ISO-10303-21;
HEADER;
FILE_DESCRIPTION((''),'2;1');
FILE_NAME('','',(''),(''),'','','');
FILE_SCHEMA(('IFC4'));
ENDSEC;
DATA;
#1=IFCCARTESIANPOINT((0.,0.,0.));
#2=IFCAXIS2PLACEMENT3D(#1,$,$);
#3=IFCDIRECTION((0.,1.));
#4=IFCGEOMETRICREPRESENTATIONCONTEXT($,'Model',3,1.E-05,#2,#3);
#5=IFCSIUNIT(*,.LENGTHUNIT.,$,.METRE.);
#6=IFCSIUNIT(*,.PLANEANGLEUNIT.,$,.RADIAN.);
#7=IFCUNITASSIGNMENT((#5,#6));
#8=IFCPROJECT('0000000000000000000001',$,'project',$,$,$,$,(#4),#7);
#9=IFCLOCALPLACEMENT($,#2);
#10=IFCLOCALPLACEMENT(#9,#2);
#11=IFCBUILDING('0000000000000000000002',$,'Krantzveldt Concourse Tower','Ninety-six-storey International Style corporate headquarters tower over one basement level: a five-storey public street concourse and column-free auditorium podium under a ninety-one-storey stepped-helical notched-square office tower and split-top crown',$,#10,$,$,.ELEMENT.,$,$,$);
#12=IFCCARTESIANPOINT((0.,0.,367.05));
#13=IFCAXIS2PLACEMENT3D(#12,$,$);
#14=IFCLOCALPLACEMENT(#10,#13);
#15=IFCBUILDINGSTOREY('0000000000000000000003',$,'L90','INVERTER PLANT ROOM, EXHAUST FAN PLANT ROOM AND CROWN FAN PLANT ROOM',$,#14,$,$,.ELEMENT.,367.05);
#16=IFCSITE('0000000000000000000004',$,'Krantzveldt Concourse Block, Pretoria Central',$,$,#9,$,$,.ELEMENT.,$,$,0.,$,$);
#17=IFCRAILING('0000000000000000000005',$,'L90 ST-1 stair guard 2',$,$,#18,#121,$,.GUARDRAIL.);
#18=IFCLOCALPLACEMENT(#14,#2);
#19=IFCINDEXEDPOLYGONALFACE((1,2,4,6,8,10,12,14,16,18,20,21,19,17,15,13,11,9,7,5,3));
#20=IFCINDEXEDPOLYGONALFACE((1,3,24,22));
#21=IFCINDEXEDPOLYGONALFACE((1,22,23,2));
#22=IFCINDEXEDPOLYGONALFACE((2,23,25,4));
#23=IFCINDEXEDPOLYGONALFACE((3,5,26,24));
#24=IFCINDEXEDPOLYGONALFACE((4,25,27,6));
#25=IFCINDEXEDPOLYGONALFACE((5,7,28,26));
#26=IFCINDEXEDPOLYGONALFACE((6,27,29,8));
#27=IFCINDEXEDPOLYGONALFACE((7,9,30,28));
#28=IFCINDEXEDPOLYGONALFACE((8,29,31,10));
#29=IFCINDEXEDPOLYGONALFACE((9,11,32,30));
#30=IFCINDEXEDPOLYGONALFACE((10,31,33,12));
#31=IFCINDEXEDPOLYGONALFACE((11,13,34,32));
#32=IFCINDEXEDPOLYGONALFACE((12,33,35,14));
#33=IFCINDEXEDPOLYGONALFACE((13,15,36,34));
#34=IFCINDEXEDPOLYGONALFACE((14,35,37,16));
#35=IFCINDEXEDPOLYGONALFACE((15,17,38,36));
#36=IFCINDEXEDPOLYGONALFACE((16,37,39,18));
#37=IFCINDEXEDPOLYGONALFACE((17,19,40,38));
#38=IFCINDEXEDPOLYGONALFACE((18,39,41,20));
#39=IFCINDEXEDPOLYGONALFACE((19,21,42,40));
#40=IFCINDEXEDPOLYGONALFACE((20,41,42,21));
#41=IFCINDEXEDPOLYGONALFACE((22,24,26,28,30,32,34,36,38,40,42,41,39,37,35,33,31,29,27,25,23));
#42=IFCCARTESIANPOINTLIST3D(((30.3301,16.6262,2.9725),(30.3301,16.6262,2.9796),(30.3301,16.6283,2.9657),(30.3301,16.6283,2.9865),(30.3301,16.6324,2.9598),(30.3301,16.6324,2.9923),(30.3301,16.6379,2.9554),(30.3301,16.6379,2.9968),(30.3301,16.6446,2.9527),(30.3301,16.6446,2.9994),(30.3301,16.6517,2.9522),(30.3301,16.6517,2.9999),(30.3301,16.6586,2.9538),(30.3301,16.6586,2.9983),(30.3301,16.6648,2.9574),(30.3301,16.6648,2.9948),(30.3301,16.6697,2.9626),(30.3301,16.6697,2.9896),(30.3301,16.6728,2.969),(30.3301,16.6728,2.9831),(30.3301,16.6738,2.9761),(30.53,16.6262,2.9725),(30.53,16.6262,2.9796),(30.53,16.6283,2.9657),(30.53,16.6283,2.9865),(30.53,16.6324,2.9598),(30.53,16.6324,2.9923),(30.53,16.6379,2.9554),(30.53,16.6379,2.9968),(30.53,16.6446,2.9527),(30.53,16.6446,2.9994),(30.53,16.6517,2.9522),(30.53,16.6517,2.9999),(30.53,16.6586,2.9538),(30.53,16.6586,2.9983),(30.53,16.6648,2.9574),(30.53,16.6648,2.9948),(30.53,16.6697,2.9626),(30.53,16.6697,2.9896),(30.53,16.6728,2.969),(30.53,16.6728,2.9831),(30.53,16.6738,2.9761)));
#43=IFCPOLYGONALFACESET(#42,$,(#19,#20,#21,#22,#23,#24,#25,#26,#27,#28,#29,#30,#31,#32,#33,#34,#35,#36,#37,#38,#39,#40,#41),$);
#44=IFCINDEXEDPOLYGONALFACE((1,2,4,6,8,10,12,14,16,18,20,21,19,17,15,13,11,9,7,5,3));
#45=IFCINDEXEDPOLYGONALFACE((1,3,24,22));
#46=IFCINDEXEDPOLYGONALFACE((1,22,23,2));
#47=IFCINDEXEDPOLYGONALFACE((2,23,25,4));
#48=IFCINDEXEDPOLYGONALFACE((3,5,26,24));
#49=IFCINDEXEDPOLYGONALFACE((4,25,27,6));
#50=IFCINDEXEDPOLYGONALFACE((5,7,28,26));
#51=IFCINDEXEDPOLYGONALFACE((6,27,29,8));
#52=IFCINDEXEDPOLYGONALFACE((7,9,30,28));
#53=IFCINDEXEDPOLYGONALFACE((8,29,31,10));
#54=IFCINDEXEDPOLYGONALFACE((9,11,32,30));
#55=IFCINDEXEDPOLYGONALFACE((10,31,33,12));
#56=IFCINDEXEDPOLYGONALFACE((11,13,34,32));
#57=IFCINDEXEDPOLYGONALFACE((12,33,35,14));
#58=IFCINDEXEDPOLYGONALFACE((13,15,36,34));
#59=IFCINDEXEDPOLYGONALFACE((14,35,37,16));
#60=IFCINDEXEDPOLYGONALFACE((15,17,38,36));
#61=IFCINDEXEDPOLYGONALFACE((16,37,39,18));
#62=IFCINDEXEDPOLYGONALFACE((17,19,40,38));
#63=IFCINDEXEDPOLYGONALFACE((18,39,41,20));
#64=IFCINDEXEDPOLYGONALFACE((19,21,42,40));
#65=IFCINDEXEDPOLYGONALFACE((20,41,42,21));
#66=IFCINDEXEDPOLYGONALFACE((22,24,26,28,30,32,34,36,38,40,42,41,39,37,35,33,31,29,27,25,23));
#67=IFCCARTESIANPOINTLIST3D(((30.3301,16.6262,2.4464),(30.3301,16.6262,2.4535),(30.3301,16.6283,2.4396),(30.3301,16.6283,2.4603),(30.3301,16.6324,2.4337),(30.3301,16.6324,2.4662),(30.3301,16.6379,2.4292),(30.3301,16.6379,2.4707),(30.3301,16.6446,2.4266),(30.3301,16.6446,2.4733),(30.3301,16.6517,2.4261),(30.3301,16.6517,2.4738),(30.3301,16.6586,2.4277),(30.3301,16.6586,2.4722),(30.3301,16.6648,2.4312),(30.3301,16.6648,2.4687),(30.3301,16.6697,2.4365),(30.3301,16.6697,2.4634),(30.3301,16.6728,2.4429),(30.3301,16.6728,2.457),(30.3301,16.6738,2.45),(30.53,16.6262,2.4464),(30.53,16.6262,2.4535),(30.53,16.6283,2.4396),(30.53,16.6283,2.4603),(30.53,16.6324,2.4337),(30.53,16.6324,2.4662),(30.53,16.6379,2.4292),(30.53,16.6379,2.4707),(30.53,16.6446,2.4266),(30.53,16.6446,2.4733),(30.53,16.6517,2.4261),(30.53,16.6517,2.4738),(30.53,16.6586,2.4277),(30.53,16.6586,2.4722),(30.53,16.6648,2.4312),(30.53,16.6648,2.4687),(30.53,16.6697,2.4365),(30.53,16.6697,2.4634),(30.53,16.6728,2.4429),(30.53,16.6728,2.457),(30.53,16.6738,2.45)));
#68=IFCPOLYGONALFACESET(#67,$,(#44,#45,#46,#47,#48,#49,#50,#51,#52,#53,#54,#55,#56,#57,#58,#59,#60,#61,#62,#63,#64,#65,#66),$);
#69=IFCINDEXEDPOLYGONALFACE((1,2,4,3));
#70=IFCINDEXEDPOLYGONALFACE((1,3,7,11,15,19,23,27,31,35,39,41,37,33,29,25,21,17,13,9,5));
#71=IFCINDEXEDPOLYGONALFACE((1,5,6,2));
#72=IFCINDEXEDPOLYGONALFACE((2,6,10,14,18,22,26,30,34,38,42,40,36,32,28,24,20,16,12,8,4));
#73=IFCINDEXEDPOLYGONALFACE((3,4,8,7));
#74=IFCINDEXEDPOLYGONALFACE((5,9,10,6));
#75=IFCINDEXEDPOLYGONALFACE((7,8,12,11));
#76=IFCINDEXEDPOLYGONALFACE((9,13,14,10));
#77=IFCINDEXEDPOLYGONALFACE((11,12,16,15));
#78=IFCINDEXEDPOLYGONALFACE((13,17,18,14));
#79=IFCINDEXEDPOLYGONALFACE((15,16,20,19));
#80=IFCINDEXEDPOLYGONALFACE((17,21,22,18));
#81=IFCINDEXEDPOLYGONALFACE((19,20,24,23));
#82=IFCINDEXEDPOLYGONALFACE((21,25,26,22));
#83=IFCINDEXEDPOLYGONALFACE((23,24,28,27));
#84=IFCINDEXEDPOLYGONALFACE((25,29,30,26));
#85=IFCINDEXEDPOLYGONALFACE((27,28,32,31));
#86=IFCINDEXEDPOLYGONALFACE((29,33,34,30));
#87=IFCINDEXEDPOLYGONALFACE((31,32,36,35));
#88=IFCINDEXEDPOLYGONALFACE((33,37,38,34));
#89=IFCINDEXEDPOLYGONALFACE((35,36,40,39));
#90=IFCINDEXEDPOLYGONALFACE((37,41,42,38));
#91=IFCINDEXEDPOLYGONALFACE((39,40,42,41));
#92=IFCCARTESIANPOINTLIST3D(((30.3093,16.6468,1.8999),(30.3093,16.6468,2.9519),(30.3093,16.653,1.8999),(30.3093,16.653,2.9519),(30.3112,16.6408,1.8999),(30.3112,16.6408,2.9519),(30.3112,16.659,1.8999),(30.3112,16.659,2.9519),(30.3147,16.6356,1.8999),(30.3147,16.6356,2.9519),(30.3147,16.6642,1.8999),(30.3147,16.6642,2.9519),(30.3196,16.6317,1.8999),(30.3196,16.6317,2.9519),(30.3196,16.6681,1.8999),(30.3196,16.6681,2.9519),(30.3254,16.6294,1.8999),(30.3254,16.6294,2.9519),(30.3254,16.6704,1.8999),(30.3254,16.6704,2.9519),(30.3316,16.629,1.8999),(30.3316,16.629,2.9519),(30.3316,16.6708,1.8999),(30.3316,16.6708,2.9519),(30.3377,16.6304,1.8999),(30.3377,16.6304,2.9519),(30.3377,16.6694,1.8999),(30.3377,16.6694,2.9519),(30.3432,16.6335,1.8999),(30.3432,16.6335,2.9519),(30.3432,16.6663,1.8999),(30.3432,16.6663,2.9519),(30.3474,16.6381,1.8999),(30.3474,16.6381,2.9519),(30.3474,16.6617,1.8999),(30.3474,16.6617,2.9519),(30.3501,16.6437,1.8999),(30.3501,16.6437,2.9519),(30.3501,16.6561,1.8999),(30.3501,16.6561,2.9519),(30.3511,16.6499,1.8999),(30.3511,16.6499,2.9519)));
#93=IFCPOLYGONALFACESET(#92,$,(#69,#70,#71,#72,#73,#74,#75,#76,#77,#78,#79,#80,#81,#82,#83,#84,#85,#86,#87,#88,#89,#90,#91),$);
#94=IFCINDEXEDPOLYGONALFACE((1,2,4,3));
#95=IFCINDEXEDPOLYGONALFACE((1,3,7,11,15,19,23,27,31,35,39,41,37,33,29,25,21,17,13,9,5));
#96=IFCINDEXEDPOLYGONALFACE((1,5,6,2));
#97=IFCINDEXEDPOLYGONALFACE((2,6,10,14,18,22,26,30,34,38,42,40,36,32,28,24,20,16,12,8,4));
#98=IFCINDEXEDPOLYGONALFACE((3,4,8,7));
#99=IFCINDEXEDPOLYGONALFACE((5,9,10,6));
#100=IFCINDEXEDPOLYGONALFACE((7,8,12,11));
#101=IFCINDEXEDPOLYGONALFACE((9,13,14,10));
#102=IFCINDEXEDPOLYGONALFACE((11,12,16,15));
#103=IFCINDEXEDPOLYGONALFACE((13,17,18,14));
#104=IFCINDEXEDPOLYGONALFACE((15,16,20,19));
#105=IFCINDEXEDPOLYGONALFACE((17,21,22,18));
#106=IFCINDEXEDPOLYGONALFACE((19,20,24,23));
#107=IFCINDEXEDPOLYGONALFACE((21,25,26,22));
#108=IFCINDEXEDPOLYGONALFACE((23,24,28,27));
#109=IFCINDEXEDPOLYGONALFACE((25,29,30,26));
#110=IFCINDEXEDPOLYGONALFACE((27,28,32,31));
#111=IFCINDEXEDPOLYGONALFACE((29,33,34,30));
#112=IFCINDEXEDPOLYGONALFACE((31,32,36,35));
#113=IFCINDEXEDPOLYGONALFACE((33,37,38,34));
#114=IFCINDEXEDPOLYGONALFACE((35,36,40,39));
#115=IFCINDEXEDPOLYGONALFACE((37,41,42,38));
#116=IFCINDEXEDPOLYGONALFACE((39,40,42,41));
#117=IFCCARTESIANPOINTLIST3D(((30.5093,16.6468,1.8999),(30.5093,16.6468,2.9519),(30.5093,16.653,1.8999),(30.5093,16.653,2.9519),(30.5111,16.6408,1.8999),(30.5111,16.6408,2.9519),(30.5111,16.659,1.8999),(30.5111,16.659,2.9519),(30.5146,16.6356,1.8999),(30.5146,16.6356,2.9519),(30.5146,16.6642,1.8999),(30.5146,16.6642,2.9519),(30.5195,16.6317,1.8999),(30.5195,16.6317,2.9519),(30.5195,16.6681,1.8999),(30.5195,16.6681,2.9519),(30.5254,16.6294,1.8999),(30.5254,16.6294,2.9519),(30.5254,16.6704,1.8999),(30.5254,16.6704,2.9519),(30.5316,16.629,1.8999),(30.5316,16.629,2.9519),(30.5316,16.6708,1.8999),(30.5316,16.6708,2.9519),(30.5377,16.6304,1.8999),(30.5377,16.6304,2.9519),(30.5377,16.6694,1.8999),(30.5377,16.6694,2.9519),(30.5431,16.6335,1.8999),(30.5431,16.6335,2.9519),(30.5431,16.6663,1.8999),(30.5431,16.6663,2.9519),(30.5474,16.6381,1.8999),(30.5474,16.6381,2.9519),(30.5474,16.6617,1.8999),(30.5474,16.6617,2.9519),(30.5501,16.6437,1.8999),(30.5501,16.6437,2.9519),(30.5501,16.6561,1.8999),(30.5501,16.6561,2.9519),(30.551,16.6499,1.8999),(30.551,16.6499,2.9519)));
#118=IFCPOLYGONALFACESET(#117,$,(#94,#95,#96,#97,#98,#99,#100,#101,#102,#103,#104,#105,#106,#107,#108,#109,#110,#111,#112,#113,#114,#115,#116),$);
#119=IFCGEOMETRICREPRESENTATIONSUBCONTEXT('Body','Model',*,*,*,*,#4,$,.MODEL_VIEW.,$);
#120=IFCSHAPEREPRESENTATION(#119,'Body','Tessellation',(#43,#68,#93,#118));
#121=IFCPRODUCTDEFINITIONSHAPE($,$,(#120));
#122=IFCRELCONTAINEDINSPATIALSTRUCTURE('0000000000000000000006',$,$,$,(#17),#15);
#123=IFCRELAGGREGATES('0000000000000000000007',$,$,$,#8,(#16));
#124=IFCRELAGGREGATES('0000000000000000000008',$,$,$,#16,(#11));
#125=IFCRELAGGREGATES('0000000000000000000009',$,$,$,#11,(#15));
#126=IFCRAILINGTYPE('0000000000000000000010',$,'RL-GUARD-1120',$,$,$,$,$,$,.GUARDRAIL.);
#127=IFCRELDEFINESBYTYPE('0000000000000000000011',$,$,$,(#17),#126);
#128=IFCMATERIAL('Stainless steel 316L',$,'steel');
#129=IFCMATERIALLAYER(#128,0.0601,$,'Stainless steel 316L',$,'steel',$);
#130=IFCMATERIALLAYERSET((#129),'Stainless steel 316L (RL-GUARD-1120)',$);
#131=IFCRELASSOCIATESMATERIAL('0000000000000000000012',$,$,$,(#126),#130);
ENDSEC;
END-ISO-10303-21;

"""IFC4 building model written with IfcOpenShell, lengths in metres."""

from ifc_helpers import new_model, si_unit, direction, frame, origin, origin_2d, place, context, subcontext, project, spatial, circle, extrude, material, layer, layer_set, type_object, element, save


model = new_model("IFC4")

# Units and contexts
model_context = context("Model", 3, precision=1e-05, world=origin(), true_north=direction((0.0, 1.0)))
body_context = subcontext(model_context, "Body", "Model", "MODEL_VIEW")
ifc_project = project(units=[si_unit("LENGTHUNIT", "METRE"), si_unit("PLANEANGLEUNIT", "RADIAN")], contexts=[model_context])

# Site, building, storey
site_placement = place(None, origin())
site = spatial("IfcSite", under=ifc_project, at=site_placement, Name="Krantzveldt Concourse Block, Pretoria Central", CompositionType="ELEMENT", RefElevation=0.0)
building_placement = place(site_placement, origin())
building = spatial("IfcBuilding", under=site, at=building_placement, Name="Krantzveldt Concourse Tower", Description="Ninety-six-storey International Style corporate headquarters tower over one basement level: a five-storey public street concourse and column-free auditorium podium under a ninety-one-storey stepped-helical notched-square office tower and split-top crown", CompositionType="ELEMENT")
storey_placement = place(building_placement, frame((0.0, 0.0, 367.05)))
storey = spatial("IfcBuildingStorey", under=building, at=storey_placement, Name="L90", Description="INVERTER PLANT ROOM, EXHAUST FAN PLANT ROOM AND CROWN FAN PLANT ROOM", CompositionType="ELEMENT", Elevation=367.05)

# Shared definitions
ifc_material_1 = material(Name="Stainless steel 316L", Category="steel")

# Railing
ifc_layer_1 = layer(ifc_material_1, 0.0601, Name="Stainless steel 316L", Category="steel")
ifc_layer_set_1 = layer_set([ifc_layer_1], Name="Stainless steel 316L (RL-GUARD-1120)")
railing_type_1 = type_object("IfcRailingType", Name="RL-GUARD-1120", PredefinedType="GUARDRAIL", material=ifc_layer_set_1)
railing_1_placement = place(storey_placement, frame((30.3301, 16.6499, 1.8999)))
element("IfcRailing", 1, at=railing_1_placement, inside=storey, type_object=railing_type_1, Name="L90 ST-1 stair guard 2", PredefinedType="GUARDRAIL", context=body_context, shape_type="SweptSolid", body=[
    extrude(circle(Radius=0.0239, at=origin_2d()), frame((0.0, 0.0, 1.0762), z_axis=(1.0, 0.0, 0.0), x_axis=(0.0, 1.0, 0.0)), (0.0, 0.0, 1.0), 0.2),
    extrude(circle(Radius=0.0239, at=origin_2d()), frame((0.0, 0.0, 0.55), z_axis=(1.0, 0.0, 0.0), x_axis=(0.0, 1.0, 0.0)), (0.0, 0.0, 1.0), 0.2),
    extrude(circle(Radius=0.021, at=origin_2d()), origin(), (0.0, 0.0, 1.0), 1.052),
    extrude(circle(Radius=0.021, at=origin_2d()), frame((0.2, 0.0, 0.0)), (0.0, 0.0, 1.0), 1.052),
])

save(model, "model.ifc")
